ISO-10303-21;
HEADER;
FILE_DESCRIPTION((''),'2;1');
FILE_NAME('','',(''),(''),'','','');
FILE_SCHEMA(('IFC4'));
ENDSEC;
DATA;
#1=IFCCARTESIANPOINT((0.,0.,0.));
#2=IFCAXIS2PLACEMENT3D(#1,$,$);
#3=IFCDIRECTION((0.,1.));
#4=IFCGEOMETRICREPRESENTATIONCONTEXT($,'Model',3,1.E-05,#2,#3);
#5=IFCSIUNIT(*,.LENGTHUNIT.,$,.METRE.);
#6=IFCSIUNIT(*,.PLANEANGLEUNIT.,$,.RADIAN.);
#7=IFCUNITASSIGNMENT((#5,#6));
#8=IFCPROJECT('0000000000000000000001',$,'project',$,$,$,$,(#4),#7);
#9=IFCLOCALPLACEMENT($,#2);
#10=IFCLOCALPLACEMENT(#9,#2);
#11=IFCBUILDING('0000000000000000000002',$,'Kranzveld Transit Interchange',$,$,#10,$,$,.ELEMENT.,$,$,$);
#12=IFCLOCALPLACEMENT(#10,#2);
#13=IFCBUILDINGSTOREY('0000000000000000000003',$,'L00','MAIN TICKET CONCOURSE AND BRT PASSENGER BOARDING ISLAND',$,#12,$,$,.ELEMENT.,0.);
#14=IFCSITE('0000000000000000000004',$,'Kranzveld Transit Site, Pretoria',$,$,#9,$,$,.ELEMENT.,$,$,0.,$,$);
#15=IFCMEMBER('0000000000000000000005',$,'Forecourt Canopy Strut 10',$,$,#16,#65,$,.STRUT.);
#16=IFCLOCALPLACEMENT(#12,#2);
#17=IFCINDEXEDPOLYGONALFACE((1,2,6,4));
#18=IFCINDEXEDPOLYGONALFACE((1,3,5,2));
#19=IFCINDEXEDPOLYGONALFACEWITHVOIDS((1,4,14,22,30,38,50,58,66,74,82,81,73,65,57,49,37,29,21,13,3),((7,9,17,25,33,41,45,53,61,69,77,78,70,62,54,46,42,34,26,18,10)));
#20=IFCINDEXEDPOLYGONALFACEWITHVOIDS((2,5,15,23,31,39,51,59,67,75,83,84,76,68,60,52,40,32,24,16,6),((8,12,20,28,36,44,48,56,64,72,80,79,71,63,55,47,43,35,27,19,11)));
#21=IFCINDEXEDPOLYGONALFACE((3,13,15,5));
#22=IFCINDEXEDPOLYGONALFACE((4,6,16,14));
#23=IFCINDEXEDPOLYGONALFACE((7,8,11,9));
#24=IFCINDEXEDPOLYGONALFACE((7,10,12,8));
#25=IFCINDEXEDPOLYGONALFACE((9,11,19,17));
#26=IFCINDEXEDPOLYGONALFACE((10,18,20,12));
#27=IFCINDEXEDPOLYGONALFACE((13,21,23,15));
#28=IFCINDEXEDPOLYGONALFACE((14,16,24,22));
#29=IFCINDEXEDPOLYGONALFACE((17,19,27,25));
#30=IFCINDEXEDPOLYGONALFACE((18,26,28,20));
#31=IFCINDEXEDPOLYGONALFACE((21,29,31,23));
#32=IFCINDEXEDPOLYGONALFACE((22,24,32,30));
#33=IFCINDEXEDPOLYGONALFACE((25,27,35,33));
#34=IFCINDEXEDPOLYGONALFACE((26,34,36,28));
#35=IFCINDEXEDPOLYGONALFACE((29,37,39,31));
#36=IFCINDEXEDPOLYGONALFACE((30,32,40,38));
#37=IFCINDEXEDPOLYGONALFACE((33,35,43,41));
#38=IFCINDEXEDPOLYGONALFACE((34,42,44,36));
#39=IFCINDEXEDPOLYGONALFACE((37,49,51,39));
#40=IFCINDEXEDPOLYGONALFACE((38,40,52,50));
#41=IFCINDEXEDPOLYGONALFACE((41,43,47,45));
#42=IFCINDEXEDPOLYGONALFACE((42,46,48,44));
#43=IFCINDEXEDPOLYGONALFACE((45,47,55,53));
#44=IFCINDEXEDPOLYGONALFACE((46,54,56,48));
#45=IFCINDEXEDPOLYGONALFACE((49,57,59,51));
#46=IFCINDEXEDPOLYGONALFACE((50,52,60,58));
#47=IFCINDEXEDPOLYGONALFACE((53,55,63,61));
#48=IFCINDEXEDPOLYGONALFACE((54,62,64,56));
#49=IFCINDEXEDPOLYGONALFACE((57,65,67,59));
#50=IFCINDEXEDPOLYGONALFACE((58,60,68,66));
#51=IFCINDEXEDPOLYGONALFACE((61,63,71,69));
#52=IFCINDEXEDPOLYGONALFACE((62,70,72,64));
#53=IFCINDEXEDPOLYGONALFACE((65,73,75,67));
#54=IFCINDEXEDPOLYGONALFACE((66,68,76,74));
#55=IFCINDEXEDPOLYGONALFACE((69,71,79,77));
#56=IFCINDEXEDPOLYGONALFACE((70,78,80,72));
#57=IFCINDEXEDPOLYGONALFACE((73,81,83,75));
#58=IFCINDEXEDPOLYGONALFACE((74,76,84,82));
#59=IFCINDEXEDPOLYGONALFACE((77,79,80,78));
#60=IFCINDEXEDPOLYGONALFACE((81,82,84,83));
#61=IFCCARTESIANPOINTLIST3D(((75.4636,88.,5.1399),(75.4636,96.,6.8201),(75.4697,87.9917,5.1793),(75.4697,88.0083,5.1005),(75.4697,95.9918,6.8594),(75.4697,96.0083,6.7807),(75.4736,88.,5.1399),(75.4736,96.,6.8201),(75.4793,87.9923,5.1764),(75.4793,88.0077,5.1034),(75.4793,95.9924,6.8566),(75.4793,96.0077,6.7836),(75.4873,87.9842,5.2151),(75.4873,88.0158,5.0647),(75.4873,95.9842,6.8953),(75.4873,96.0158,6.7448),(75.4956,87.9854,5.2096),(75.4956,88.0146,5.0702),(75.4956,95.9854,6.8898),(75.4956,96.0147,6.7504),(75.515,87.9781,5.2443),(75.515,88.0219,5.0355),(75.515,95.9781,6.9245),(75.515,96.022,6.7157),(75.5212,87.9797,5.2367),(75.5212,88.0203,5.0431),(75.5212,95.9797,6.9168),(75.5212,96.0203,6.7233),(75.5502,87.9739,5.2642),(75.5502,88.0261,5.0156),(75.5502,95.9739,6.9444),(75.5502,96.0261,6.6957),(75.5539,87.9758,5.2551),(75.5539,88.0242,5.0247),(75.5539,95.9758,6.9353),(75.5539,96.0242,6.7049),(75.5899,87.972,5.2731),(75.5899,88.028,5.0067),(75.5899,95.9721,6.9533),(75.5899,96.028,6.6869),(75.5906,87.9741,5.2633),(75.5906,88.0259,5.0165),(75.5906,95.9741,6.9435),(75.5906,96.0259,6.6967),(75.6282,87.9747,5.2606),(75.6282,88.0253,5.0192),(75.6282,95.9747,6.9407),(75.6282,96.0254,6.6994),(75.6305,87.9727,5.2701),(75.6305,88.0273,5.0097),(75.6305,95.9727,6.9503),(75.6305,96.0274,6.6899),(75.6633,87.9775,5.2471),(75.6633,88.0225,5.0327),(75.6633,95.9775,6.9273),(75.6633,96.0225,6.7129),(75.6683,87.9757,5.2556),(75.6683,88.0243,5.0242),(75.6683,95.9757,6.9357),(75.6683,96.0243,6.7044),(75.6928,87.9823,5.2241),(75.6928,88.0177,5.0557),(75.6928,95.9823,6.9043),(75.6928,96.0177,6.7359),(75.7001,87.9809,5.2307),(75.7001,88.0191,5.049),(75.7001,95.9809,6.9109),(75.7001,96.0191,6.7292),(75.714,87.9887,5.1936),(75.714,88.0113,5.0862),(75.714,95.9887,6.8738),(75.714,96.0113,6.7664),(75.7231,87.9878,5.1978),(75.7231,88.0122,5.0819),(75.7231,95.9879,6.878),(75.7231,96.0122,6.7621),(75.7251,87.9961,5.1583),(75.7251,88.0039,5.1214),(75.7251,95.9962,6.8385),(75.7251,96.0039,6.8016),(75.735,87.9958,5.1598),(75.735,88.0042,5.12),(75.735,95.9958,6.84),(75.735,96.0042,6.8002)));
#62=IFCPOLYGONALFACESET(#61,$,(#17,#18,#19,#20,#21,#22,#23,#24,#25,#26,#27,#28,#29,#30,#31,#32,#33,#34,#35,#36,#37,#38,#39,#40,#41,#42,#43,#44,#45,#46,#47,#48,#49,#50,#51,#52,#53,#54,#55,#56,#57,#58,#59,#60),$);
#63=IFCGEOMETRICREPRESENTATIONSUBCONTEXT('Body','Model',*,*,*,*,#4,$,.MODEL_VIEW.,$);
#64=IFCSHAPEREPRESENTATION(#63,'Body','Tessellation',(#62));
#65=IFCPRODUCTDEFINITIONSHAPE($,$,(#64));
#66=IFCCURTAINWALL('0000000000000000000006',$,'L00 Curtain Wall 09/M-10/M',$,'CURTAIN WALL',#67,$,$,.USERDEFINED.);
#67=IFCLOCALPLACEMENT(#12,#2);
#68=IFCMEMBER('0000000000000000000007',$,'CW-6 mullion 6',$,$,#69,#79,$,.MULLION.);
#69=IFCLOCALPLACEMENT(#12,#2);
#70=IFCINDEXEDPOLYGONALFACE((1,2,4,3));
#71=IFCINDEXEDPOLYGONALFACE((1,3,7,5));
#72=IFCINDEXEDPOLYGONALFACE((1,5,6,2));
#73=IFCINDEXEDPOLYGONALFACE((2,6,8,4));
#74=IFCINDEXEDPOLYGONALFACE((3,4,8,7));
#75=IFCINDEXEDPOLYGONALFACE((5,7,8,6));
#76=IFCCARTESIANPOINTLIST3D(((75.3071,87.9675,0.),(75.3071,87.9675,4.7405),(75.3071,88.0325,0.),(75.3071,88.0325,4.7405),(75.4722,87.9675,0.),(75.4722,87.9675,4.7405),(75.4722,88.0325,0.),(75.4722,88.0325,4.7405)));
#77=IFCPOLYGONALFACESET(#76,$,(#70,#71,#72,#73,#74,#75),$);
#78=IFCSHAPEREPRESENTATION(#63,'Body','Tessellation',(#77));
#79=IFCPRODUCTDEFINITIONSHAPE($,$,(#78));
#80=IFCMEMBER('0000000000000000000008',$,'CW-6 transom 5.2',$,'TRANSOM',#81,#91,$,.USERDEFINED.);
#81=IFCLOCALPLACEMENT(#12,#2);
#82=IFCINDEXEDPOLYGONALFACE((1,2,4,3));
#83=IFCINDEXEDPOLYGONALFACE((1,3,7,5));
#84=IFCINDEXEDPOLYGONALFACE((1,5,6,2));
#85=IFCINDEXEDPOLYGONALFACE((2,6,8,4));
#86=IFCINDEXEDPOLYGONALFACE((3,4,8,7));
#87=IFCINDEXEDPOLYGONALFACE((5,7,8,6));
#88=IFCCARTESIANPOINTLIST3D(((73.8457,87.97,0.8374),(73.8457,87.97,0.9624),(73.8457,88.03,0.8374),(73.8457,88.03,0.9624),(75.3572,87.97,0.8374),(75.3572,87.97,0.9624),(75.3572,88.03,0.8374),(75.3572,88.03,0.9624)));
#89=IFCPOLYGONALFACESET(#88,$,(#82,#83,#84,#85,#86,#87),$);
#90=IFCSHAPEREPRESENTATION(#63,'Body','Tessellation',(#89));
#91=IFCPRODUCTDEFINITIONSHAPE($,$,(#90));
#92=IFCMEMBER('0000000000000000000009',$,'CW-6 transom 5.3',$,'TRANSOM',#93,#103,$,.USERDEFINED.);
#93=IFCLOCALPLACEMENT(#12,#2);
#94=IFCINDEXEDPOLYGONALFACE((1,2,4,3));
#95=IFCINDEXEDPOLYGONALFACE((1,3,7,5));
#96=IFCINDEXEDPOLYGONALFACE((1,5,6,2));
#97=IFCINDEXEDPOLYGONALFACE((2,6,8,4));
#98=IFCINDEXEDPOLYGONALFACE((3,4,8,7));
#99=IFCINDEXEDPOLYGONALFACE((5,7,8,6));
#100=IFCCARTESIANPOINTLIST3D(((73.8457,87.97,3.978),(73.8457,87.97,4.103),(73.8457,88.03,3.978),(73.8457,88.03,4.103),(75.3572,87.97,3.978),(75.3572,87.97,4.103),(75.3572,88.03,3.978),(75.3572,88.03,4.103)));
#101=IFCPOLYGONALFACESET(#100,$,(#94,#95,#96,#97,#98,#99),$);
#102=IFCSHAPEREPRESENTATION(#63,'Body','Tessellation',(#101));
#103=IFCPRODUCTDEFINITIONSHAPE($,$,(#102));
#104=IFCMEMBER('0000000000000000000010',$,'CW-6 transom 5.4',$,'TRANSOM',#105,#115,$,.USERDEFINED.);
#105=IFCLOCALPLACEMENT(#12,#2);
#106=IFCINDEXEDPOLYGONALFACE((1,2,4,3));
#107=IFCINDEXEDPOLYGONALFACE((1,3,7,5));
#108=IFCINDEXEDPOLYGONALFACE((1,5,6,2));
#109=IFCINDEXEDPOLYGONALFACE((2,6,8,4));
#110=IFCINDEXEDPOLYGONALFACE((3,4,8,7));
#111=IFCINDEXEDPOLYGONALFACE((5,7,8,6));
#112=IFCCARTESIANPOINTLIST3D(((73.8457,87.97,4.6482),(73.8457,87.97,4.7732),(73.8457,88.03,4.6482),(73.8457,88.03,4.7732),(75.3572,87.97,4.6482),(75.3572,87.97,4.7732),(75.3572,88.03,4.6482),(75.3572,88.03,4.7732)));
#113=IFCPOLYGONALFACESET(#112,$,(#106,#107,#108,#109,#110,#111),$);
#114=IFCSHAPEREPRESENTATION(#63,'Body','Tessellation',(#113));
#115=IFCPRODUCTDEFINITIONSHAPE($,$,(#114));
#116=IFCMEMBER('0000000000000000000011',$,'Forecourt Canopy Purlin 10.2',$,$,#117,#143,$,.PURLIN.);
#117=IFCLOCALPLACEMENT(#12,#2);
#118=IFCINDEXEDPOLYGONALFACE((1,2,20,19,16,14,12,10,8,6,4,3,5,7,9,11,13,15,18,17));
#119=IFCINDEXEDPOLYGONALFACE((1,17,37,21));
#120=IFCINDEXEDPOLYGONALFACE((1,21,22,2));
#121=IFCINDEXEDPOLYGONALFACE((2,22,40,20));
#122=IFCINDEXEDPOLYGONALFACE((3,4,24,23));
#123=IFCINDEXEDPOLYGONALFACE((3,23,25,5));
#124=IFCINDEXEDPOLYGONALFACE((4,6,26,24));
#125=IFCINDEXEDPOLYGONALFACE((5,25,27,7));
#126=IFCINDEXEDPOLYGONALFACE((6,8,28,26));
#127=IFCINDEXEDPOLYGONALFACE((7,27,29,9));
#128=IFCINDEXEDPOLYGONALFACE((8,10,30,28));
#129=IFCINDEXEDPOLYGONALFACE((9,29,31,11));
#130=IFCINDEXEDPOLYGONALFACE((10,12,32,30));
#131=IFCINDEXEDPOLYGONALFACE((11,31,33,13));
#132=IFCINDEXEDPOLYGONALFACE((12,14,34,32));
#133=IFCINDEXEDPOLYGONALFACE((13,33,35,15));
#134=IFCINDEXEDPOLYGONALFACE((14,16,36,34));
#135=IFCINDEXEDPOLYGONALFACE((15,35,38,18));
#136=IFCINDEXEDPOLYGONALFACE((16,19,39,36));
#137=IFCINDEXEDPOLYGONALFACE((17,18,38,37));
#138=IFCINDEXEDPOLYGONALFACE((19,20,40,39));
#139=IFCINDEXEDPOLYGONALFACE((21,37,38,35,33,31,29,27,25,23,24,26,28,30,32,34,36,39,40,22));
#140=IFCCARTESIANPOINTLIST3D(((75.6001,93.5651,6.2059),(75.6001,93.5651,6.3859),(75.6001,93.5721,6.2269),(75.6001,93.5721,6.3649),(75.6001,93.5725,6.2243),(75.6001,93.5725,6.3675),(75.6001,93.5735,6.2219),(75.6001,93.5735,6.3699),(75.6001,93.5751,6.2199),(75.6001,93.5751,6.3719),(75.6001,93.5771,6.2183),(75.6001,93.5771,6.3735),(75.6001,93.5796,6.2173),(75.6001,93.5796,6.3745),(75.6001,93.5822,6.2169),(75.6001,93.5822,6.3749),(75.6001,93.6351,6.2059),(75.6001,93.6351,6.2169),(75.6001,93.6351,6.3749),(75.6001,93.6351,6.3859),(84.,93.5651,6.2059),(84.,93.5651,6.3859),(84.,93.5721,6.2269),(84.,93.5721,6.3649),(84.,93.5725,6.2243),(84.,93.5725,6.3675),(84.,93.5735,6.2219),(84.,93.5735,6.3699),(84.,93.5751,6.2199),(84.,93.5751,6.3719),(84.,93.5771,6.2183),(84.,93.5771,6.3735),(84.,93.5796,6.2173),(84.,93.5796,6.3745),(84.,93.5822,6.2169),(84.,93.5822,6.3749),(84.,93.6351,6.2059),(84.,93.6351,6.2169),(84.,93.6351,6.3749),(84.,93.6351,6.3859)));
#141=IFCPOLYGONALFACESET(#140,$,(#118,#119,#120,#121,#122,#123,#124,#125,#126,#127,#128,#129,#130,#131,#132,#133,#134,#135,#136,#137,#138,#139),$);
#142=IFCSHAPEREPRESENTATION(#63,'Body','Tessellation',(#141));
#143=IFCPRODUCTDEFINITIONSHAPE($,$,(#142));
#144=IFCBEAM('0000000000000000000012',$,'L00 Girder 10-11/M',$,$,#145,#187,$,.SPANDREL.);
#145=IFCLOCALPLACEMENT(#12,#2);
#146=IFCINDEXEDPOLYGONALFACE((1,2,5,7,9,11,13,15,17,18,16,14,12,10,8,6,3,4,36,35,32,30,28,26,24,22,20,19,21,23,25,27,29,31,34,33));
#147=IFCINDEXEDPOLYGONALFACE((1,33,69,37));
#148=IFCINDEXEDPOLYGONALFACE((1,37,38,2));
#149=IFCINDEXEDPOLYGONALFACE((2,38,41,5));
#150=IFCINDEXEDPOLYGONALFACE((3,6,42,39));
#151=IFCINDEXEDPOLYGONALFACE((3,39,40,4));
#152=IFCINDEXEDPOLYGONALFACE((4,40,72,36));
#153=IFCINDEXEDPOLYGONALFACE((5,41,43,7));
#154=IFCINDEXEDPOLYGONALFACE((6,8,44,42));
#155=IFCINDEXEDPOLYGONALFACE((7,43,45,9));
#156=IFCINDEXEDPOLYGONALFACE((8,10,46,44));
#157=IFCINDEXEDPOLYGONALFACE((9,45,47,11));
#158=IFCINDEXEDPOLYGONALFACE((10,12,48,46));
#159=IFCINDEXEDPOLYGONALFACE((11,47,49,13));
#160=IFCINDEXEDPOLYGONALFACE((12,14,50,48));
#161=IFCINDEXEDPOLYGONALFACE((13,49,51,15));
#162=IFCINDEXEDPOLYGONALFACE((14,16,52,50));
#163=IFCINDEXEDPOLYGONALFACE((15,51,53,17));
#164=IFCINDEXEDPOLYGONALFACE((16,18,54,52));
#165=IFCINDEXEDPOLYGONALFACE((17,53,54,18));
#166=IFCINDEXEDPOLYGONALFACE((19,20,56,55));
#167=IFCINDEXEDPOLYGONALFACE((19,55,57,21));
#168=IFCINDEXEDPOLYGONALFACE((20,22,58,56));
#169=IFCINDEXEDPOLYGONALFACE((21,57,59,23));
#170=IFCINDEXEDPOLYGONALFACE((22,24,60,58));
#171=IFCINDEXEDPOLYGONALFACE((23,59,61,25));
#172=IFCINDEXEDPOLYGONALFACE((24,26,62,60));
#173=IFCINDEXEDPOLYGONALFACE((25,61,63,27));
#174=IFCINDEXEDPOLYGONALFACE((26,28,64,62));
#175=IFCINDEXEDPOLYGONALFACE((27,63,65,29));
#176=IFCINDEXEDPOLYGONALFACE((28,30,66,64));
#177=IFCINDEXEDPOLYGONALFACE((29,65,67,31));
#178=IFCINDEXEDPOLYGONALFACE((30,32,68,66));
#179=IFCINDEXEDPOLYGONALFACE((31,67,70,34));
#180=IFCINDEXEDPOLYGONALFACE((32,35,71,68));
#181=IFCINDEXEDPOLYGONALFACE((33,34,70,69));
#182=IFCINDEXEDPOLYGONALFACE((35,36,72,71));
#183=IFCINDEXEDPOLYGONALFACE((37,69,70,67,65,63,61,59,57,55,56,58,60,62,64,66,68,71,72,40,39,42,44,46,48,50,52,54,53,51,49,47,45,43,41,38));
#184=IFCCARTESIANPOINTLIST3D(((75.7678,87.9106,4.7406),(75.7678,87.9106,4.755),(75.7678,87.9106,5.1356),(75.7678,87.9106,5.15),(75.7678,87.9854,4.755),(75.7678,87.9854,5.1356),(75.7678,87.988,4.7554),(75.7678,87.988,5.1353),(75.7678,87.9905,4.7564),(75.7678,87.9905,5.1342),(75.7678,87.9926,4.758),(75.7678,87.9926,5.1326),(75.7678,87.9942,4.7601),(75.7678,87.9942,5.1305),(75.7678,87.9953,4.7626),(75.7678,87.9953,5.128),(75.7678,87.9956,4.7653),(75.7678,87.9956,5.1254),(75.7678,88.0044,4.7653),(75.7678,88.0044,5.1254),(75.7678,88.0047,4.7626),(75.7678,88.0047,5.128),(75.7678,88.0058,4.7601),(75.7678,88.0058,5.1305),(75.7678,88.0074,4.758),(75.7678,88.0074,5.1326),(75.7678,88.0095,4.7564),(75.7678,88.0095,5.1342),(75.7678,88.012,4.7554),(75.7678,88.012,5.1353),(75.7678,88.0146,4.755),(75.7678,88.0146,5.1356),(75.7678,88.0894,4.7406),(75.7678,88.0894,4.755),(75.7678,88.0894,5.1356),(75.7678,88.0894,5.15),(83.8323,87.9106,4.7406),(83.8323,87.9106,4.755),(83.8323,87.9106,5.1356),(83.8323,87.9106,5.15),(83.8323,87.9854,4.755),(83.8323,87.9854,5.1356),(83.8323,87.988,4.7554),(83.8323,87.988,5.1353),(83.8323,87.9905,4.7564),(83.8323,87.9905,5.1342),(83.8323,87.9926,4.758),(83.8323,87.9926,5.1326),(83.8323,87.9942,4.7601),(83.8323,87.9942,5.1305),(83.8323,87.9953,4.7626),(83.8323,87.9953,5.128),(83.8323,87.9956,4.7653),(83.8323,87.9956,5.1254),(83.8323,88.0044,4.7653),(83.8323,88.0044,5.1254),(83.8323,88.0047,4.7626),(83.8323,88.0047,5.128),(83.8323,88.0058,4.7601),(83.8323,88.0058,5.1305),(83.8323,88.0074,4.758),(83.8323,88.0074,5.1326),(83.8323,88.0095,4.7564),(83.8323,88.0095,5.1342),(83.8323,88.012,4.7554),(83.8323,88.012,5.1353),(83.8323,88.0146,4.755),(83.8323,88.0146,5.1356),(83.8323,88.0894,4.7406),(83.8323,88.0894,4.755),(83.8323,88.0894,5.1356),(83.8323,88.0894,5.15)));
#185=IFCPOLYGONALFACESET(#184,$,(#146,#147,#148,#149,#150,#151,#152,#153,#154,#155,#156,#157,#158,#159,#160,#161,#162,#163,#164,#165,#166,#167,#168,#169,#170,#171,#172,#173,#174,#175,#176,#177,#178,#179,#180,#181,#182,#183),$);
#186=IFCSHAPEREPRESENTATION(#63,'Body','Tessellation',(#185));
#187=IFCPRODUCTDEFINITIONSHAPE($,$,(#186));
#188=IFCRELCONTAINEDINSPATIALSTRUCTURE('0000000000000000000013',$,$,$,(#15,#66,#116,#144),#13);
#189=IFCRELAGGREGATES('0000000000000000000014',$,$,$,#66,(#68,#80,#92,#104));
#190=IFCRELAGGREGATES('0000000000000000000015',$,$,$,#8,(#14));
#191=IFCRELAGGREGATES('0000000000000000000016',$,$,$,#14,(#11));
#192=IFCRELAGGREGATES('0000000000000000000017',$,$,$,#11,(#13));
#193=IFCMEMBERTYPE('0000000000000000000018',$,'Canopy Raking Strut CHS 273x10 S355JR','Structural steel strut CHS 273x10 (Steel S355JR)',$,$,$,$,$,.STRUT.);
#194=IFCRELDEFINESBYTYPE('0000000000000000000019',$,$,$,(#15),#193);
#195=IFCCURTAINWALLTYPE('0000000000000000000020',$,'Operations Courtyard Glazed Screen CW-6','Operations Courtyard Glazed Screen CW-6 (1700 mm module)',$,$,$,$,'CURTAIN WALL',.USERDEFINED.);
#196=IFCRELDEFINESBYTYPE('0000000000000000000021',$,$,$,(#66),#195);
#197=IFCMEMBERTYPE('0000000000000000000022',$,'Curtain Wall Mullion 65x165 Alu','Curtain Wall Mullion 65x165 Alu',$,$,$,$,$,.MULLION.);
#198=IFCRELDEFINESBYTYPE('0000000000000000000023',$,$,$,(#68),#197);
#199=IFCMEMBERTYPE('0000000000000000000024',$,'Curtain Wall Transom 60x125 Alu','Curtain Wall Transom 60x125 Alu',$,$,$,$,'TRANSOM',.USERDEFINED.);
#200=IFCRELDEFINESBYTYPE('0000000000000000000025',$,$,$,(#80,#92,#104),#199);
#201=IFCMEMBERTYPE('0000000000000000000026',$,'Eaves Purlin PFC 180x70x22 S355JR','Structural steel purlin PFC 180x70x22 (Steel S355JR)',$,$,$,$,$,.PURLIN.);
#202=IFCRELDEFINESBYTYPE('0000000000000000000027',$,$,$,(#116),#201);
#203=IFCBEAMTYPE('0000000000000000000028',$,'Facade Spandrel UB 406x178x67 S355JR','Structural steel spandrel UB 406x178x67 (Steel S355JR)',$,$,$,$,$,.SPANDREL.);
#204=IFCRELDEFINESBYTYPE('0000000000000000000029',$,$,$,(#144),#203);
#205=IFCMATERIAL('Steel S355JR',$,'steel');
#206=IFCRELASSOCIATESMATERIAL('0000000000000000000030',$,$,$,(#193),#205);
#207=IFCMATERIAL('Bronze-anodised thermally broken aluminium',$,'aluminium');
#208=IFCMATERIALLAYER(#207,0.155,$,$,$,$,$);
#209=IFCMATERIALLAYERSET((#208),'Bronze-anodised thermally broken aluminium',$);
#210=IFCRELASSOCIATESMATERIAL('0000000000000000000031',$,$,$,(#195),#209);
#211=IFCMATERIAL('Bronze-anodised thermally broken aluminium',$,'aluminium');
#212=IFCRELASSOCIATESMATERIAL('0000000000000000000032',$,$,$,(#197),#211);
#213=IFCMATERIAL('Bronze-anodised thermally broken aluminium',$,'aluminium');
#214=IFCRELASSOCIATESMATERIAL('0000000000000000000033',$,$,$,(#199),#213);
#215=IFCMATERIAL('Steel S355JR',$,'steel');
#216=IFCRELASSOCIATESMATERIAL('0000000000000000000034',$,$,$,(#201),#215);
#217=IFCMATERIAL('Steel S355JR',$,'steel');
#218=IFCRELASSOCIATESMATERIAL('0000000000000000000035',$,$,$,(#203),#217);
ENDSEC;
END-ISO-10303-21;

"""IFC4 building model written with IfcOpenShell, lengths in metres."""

from ifc_helpers import new_model, si_unit, direction, frame, origin, origin_2d, place, context, subcontext, project, spatial, rectangle, hollow_circle, i_section, u_section, extrude, material, layer, layer_set, material_profile, profile_set, type_object, element, aggregate, save


model = new_model("IFC4")

# Units and contexts
model_context = context("Model", 3, precision=1e-05, world=origin(), true_north=direction((0.0, 1.0)))
body_context = subcontext(model_context, "Body", "Model", "MODEL_VIEW")
ifc_project = project(units=[si_unit("LENGTHUNIT", "METRE"), si_unit("PLANEANGLEUNIT", "RADIAN")], contexts=[model_context])

# Site, building, storey
site_placement = place(None, origin())
site = spatial("IfcSite", under=ifc_project, at=site_placement, Name="Kranzveld Transit Site, Pretoria", CompositionType="ELEMENT", RefElevation=0.0)
building_placement = place(site_placement, origin())
building = spatial("IfcBuilding", under=site, at=building_placement, Name="Kranzveld Transit Interchange", CompositionType="ELEMENT")
storey_placement = place(building_placement, origin())
storey = spatial("IfcBuildingStorey", under=building, at=storey_placement, Name="L00", Description="MAIN TICKET CONCOURSE AND BRT PASSENGER BOARDING ISLAND", CompositionType="ELEMENT", Elevation=0.0)

# Member
ifc_material_1 = material(Name="Steel S355JR", Category="steel")
ifc_material_profile_1 = material_profile(ifc_material_1, hollow_circle(Radius=0.1365, WallThickness=0.01, at=origin_2d()), Name="CHS 273x10")
ifc_profile_set_1 = profile_set([ifc_material_profile_1], Name="Steel S355JR")
member_type_1 = type_object("IfcMemberType", Name="Canopy Raking Strut CHS 273x10 S355JR", Description="Structural steel strut CHS 273x10 (Steel S355JR)", PredefinedType="STRUT", material=ifc_profile_set_1)
member_1_placement = place(storey_placement, frame((75.6001, 88.0, 5.1399), z_axis=(0.0, 0.978649, 0.205538), x_axis=(-1.0, 0.0, 0.0)))
element("IfcMember", 1, at=member_1_placement, inside=storey, type_object=member_type_1, Name="Forecourt Canopy Strut 10", PredefinedType="STRUT", context=body_context, shape_type="SweptSolid", body=[
    extrude(hollow_circle(Radius=0.1365, WallThickness=0.01, at=origin_2d()), origin(), (0.0, 0.0, 1.0), 8.1746),
])

# Curtain wall, members
ifc_material_2 = material(Name="Bronze-anodised thermally broken aluminium", Category="aluminium")
ifc_layer_1 = layer(ifc_material_2, 0.155)
ifc_layer_set_1 = layer_set([ifc_layer_1], Name="Bronze-anodised thermally broken aluminium")
curtain_wall_type = type_object("IfcCurtainWallType", Name="Operations Courtyard Glazed Screen CW-6", Description="Operations Courtyard Glazed Screen CW-6 (1700 mm module)", ElementType="CURTAIN WALL", PredefinedType="USERDEFINED", material=ifc_layer_set_1)
curtain_wall_placement = place(storey_placement, origin())
curtain_wall = element("IfcCurtainWall", 2, at=curtain_wall_placement, inside=storey, type_object=curtain_wall_type, Name="L00 Curtain Wall 09/M-10/M", ObjectType="CURTAIN WALL", PredefinedType="USERDEFINED")
ifc_material_3 = material(Name="Bronze-anodised thermally broken aluminium", Category="aluminium")
ifc_material_profile_2 = material_profile(ifc_material_3, rectangle(XDim=0.0649, YDim=0.165, at=origin_2d()), Name="ALU MULLION 65x165")
ifc_profile_set_2 = profile_set([ifc_material_profile_2], Name="Bronze-anodised thermally broken aluminium")
member_type_2 = type_object("IfcMemberType", Name="Curtain Wall Mullion 65x165 Alu", Description="Curtain Wall Mullion 65x165 Alu", PredefinedType="MULLION", material=ifc_profile_set_2)
member_2_placement = place(storey_placement, frame((75.3896, 88.0, 0.0), z_axis=(0.0, 0.0, 1.0), x_axis=(0.0, 1.0, 0.0)))
member_2 = element("IfcMember", 3, at=member_2_placement, type_object=member_type_2, Name="CW-6 mullion 6", PredefinedType="MULLION", context=body_context, shape_type="SweptSolid", body=[
    extrude(rectangle(XDim=0.0649, YDim=0.165, at=origin_2d()), origin(), (0.0, 0.0, 1.0), 4.7405),
])
ifc_material_4 = material(Name="Bronze-anodised thermally broken aluminium", Category="aluminium")
ifc_material_profile_3 = material_profile(ifc_material_4, rectangle(XDim=0.0601, YDim=0.125, at=origin_2d()), Name="ALU TRANSOM 60x125")
ifc_profile_set_3 = profile_set([ifc_material_profile_3], Name="Bronze-anodised thermally broken aluminium")
member_type_3 = type_object("IfcMemberType", Name="Curtain Wall Transom 60x125 Alu", Description="Curtain Wall Transom 60x125 Alu", ElementType="TRANSOM", PredefinedType="USERDEFINED", material=ifc_profile_set_3)
member_3_placement = place(storey_placement, frame((73.8457, 88.0, 0.8999), z_axis=(1.0, 0.0, 0.0), x_axis=(0.0, 1.0, 0.0)))
member_3 = element("IfcMember", 4, at=member_3_placement, type_object=member_type_3, Name="CW-6 transom 5.2", ObjectType="TRANSOM", PredefinedType="USERDEFINED", context=body_context, shape_type="SweptSolid", body=[
    extrude(rectangle(XDim=0.0601, YDim=0.125, at=origin_2d()), origin(), (0.0, 0.0, 1.0), 1.5115),
])
member_4_placement = place(storey_placement, frame((73.8457, 88.0, 4.0405), z_axis=(1.0, 0.0, 0.0), x_axis=(0.0, 1.0, 0.0)))
member_4 = element("IfcMember", 5, at=member_4_placement, type_object=member_type_3, Name="CW-6 transom 5.3", ObjectType="TRANSOM", PredefinedType="USERDEFINED", context=body_context, shape_type="SweptSolid", body=[
    extrude(rectangle(XDim=0.0601, YDim=0.125, at=origin_2d()), origin(), (0.0, 0.0, 1.0), 1.5115),
])
member_5_placement = place(storey_placement, frame((73.8457, 88.0, 4.7107), z_axis=(1.0, 0.0, 0.0), x_axis=(0.0, 1.0, 0.0)))
member_5 = element("IfcMember", 6, at=member_5_placement, type_object=member_type_3, Name="CW-6 transom 5.4", ObjectType="TRANSOM", PredefinedType="USERDEFINED", context=body_context, shape_type="SweptSolid", body=[
    extrude(rectangle(XDim=0.0601, YDim=0.125, at=origin_2d()), origin(), (0.0, 0.0, 1.0), 1.5115),
])

# Member
ifc_material_5 = material(Name="Steel S355JR", Category="steel")
ifc_material_profile_4 = material_profile(ifc_material_5, u_section(Depth=0.1799, FlangeWidth=0.0701, WebThickness=0.0071, FlangeThickness=0.011, FilletRadius=0.01, at=origin_2d()), Name="PFC 180x70x22")
ifc_profile_set_4 = profile_set([ifc_material_profile_4], Name="Steel S355JR")
member_type_4 = type_object("IfcMemberType", Name="Eaves Purlin PFC 180x70x22 S355JR", Description="Structural steel purlin PFC 180x70x22 (Steel S355JR)", PredefinedType="PURLIN", material=ifc_profile_set_4)
member_6_placement = place(storey_placement, frame((75.6001, 93.6001, 6.2959), z_axis=(1.0, 0.0, 0.0), x_axis=(0.0, 1.0, 0.0)))
element("IfcMember", 7, at=member_6_placement, inside=storey, type_object=member_type_4, Name="Forecourt Canopy Purlin 10.2", PredefinedType="PURLIN", context=body_context, shape_type="SweptSolid", body=[
    extrude(u_section(Depth=0.1799, FlangeWidth=0.0701, WebThickness=0.0071, FlangeThickness=0.011, FilletRadius=0.01, at=origin_2d()), origin(), (0.0, 0.0, 1.0), 8.3999),
])

# Beam
ifc_material_6 = material(Name="Steel S355JR", Category="steel")
ifc_material_profile_5 = material_profile(ifc_material_6, i_section(OverallWidth=0.1787, OverallDepth=0.4094, WebThickness=0.0088, FlangeThickness=0.0144, FilletRadius=0.0103, at=origin_2d()), Name="UB 406x178x67")
ifc_profile_set_5 = profile_set([ifc_material_profile_5], Name="Steel S355JR")
beam_type = type_object("IfcBeamType", Name="Facade Spandrel UB 406x178x67 S355JR", Description="Structural steel spandrel UB 406x178x67 (Steel S355JR)", PredefinedType="SPANDREL", material=ifc_profile_set_5)
beam_placement = place(storey_placement, frame((75.7678, 88.0, 4.9453), z_axis=(1.0, 0.0, 0.0), x_axis=(0.0, 1.0, 0.0)))
element("IfcBeam", 8, at=beam_placement, inside=storey, type_object=beam_type, Name="L00 Girder 10-11/M", PredefinedType="SPANDREL", context=body_context, shape_type="SweptSolid", body=[
    extrude(i_section(OverallWidth=0.1787, OverallDepth=0.4094, WebThickness=0.0088, FlangeThickness=0.0144, FilletRadius=0.0103, at=origin_2d()), origin(), (0.0, 0.0, 1.0), 8.0645),
])

aggregate(curtain_wall, [member_2, member_3, member_4, member_5])

save(model, "model.ifc")
